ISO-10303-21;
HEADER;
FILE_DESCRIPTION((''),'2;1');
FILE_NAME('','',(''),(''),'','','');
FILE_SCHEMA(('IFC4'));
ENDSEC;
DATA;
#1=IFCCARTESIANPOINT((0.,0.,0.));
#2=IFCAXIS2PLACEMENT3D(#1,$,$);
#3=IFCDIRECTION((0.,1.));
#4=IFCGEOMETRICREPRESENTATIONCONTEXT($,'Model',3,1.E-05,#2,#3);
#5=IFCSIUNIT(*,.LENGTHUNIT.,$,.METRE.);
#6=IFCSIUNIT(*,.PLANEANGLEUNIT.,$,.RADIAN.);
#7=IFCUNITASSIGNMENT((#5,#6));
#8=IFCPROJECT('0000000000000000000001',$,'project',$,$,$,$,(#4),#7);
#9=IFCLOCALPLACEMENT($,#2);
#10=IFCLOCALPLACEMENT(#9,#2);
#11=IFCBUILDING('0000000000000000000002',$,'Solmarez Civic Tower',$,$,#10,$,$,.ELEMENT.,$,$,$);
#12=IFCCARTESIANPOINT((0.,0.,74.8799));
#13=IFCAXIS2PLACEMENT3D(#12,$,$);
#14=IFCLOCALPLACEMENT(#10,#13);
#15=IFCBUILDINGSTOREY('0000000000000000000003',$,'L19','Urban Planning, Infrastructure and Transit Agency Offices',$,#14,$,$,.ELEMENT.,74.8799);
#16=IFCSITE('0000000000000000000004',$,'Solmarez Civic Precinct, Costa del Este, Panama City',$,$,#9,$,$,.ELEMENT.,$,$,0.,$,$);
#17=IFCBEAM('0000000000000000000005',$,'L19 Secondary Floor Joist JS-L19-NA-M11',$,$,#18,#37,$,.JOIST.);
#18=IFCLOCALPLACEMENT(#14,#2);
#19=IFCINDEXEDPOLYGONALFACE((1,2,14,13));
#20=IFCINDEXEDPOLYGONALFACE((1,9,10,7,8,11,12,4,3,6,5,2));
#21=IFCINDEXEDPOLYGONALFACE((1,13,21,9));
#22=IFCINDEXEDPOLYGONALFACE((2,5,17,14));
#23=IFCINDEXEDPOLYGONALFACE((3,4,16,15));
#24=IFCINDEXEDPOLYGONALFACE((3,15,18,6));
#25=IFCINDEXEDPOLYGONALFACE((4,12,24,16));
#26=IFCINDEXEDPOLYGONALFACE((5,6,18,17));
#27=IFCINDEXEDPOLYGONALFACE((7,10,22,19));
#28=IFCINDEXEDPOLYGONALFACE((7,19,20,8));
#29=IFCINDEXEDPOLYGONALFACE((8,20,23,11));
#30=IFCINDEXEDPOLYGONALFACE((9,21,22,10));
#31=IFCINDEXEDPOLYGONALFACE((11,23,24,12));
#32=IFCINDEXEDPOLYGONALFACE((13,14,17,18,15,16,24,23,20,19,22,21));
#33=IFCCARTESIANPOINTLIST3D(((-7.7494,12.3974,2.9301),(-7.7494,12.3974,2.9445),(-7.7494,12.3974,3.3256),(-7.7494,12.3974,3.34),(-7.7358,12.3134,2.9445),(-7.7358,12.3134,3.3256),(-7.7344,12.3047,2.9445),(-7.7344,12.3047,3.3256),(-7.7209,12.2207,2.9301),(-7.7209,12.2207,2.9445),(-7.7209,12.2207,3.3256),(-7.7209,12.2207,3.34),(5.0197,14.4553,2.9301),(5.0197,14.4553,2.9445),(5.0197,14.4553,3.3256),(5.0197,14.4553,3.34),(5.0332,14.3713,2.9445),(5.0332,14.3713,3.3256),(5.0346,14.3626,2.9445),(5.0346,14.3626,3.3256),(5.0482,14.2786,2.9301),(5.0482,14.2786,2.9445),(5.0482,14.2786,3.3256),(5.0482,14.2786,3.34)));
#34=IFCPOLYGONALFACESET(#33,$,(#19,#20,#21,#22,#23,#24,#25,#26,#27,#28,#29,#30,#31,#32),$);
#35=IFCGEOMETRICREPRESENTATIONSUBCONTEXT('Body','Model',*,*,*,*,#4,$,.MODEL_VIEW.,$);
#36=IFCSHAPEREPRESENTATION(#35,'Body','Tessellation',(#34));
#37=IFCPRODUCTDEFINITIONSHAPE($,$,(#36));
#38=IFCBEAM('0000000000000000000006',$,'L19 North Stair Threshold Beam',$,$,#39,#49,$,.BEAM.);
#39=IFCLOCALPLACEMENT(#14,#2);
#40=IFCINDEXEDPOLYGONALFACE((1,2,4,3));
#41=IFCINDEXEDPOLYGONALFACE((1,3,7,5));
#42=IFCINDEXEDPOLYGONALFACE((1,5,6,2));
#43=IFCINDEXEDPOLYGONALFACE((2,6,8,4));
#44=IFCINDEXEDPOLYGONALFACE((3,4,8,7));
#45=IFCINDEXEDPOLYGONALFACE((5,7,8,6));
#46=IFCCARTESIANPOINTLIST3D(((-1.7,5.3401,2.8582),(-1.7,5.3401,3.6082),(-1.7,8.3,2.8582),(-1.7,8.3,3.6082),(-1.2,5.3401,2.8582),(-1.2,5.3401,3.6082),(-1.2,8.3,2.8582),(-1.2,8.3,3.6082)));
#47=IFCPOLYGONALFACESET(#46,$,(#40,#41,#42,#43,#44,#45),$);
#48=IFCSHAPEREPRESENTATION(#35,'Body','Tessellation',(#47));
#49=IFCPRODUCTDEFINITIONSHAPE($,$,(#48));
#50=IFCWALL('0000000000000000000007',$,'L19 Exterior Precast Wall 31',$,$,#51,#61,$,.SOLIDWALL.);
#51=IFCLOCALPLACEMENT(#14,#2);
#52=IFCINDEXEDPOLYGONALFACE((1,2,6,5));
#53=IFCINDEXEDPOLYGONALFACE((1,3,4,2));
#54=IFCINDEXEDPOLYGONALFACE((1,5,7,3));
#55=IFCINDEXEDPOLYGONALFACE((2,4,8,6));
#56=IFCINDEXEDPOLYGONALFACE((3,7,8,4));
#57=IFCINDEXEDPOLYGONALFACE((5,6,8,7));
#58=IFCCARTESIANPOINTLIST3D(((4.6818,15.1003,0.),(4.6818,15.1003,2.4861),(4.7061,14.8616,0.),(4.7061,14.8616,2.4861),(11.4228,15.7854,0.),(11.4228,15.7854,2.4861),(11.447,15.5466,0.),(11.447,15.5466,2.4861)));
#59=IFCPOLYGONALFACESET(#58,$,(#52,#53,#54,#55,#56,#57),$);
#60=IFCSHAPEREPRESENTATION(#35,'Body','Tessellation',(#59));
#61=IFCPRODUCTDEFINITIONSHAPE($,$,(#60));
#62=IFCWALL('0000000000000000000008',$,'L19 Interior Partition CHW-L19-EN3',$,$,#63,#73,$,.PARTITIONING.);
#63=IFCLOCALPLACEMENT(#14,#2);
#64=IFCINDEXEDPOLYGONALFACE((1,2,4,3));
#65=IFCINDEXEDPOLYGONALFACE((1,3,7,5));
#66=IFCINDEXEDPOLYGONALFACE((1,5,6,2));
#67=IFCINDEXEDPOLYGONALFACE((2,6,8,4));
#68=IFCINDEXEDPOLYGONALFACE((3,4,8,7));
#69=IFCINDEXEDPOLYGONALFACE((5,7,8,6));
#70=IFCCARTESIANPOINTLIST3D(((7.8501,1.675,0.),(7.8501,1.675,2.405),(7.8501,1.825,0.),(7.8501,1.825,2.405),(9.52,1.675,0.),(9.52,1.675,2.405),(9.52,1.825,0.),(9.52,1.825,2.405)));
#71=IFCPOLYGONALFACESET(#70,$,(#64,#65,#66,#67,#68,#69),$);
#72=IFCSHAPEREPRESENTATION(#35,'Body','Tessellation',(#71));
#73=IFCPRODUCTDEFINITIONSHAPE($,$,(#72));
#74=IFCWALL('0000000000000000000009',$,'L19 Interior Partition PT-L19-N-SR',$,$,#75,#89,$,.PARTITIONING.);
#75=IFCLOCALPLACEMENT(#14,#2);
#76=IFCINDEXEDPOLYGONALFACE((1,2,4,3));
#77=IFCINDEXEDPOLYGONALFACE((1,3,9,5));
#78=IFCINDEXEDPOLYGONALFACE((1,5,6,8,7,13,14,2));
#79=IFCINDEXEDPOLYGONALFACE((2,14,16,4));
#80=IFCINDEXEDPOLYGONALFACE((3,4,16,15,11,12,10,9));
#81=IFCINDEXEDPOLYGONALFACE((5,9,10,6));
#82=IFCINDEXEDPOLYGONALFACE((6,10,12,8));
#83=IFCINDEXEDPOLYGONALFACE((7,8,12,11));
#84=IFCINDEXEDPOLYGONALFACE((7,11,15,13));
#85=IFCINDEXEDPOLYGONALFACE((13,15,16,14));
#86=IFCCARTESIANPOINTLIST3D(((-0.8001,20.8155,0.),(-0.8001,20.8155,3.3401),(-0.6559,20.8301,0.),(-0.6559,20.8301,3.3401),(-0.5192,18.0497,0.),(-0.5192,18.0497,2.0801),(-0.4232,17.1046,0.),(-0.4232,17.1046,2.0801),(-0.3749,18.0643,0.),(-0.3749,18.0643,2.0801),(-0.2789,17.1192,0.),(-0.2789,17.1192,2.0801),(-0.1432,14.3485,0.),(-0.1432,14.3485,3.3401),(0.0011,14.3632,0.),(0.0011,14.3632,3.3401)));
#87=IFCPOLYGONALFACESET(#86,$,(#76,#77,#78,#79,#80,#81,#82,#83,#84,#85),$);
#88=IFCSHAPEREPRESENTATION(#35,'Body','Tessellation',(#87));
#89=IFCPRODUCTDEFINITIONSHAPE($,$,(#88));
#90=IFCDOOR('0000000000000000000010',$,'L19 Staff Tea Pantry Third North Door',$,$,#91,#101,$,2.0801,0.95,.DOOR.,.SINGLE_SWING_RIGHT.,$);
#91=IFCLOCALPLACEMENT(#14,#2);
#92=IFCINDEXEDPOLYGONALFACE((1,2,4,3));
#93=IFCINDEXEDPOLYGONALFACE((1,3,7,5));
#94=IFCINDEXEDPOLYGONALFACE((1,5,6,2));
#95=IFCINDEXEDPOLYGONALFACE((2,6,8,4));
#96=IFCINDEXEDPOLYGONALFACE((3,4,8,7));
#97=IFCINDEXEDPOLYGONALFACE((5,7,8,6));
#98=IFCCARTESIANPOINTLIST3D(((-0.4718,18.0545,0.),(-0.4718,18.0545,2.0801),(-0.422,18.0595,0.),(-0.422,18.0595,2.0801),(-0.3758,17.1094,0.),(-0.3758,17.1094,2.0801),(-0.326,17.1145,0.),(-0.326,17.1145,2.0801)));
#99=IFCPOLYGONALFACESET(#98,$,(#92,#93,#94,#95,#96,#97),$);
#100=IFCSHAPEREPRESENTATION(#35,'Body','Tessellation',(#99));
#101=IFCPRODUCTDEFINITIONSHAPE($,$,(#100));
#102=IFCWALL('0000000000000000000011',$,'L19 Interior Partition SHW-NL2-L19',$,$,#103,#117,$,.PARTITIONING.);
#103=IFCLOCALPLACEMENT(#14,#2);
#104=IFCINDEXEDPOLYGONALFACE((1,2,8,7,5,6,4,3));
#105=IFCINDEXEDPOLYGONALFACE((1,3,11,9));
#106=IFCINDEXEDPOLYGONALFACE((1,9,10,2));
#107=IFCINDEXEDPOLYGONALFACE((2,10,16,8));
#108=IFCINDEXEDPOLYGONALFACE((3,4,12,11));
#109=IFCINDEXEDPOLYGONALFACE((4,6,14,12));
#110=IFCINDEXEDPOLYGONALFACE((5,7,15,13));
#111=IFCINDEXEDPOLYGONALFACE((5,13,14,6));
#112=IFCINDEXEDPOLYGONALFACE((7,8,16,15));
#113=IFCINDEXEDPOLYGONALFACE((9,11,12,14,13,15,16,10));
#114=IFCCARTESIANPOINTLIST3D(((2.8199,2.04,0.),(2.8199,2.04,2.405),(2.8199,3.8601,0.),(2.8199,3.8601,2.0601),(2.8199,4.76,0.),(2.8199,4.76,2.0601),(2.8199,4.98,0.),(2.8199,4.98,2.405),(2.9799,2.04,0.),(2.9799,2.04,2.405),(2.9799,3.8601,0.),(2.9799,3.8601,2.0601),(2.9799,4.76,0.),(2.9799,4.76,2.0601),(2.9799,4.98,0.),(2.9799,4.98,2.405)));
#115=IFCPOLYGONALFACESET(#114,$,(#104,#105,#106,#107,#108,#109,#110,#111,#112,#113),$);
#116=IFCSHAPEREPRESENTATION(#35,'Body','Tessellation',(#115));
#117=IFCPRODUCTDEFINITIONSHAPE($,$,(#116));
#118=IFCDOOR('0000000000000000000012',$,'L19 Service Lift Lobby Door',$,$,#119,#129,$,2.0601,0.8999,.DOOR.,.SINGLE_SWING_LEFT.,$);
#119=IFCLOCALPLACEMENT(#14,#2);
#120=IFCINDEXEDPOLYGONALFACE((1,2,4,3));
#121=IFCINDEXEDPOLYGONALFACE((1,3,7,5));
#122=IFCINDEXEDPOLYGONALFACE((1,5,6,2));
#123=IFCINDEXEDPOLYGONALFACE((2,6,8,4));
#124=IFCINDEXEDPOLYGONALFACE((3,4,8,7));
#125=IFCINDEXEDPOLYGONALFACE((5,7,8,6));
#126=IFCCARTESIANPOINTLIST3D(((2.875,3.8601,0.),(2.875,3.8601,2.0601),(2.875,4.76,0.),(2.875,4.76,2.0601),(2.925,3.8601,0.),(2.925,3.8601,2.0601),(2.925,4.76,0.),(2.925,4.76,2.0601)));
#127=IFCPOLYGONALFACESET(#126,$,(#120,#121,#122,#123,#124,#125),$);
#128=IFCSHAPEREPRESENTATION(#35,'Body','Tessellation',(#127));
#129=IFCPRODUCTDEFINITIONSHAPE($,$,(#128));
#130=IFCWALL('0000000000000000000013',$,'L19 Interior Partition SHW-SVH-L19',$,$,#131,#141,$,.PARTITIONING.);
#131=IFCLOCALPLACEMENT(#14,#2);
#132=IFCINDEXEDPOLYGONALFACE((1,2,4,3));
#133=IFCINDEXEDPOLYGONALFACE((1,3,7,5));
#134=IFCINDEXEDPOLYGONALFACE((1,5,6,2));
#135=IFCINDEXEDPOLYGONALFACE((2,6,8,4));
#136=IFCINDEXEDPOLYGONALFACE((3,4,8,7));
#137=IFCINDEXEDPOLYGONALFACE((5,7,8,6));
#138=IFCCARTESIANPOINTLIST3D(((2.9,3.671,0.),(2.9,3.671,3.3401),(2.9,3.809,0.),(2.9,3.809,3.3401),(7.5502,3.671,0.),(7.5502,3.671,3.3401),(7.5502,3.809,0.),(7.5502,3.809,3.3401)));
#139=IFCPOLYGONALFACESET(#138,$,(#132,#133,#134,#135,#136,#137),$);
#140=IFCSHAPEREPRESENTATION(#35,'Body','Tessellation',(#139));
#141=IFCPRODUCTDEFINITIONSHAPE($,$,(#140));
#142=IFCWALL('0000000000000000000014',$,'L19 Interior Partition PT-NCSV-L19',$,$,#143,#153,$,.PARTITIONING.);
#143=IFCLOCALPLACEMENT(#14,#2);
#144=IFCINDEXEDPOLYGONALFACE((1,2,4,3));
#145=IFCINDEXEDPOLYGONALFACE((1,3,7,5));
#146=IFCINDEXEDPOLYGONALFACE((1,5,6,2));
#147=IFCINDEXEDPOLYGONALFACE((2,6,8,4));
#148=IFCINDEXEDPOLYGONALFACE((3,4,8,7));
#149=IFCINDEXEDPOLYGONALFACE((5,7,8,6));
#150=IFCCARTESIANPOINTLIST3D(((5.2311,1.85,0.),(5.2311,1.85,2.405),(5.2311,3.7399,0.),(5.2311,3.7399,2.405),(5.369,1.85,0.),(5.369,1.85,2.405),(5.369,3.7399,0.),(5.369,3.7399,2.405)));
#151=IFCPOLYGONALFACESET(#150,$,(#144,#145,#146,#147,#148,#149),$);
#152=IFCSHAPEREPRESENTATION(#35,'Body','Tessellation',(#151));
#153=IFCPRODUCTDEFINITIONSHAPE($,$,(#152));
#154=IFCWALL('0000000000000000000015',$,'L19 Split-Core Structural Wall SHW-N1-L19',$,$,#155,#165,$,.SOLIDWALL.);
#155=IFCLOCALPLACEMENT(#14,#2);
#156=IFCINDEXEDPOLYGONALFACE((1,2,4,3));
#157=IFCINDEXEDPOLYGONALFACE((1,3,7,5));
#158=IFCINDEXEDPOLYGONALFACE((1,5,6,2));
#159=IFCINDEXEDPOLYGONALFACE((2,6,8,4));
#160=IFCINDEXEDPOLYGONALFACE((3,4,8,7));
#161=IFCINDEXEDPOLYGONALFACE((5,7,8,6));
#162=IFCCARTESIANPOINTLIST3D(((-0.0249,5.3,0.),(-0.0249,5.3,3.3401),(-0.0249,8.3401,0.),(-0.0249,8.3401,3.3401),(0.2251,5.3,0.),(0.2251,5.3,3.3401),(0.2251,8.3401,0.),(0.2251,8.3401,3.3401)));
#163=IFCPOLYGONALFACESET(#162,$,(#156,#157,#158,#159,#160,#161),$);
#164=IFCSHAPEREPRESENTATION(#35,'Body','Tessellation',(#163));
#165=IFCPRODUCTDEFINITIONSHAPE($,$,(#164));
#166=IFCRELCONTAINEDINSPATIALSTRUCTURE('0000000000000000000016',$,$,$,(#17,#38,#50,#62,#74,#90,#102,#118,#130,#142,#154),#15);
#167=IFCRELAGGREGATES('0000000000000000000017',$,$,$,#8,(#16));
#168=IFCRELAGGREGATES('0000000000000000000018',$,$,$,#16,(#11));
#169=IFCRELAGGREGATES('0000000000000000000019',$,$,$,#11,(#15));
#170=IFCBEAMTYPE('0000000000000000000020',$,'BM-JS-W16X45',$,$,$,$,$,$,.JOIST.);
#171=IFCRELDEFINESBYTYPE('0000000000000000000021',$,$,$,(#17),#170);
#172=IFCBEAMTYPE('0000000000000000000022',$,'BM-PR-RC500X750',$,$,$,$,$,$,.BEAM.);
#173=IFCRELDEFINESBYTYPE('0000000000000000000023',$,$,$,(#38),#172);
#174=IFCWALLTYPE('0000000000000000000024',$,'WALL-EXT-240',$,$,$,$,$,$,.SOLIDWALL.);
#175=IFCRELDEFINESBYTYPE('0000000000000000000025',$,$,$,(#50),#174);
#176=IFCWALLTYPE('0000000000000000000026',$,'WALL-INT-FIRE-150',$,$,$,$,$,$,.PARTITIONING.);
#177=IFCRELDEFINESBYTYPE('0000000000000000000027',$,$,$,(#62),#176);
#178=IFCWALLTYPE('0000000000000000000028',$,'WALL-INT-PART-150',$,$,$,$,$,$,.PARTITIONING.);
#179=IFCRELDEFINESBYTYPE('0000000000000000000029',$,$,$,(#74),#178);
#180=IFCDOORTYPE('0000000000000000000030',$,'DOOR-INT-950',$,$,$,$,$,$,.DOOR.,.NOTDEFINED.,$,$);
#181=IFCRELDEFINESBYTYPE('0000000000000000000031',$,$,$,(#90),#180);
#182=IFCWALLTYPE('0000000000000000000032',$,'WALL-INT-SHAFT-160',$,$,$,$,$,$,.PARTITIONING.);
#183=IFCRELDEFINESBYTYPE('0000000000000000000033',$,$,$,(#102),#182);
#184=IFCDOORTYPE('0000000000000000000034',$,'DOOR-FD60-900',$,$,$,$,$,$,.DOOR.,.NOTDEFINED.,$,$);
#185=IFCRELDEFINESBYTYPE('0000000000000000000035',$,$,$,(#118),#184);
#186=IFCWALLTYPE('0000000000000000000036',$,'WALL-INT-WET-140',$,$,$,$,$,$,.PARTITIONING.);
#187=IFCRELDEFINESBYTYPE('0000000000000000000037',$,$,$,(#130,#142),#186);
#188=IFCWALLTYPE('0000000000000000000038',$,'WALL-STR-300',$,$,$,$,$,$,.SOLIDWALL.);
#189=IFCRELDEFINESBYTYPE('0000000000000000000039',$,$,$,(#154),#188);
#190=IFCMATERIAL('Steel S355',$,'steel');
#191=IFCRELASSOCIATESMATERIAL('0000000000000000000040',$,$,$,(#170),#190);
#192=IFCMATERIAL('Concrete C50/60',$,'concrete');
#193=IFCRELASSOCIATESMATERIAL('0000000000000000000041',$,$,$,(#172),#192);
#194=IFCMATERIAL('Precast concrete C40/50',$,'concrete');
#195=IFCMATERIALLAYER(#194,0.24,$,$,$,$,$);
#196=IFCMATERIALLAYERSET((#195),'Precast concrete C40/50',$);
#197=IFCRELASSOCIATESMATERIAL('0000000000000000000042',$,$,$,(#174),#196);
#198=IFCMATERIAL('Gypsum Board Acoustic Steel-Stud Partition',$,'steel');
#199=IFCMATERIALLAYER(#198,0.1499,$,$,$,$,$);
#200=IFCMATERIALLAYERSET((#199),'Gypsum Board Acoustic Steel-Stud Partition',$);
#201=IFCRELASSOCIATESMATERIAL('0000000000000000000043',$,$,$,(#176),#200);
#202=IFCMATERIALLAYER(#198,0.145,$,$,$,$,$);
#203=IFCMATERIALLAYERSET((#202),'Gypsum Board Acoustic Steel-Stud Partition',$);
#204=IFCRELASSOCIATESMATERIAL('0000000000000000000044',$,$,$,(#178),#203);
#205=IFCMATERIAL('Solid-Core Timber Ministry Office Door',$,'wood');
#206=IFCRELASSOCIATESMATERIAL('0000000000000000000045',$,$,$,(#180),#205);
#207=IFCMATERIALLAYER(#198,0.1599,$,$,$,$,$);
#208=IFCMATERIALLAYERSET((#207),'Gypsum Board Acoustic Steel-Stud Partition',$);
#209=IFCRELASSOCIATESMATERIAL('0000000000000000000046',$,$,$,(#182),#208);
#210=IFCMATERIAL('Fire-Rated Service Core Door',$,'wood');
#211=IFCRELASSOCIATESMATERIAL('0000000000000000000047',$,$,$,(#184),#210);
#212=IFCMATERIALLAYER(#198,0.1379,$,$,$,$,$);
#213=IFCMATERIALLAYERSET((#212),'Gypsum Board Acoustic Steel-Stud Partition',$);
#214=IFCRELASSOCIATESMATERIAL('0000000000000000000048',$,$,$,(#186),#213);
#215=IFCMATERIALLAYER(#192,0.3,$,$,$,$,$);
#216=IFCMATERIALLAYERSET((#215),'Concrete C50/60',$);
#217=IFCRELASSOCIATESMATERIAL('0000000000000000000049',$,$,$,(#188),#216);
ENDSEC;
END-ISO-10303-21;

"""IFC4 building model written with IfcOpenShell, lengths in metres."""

from ifc_helpers import new_model, si_unit, direction, frame, frame_2d, origin, origin_2d, place, context, subcontext, project, spatial, rectangle, i_section, extrude, material, layer, layer_set, material_profile, profile_set, type_object, element, fill, save


model = new_model("IFC4")

# Units and contexts
model_context = context("Model", 3, precision=1e-05, world=origin(), true_north=direction((0.0, 1.0)))
body_context = subcontext(model_context, "Body", "Model", "MODEL_VIEW")
ifc_project = project(units=[si_unit("LENGTHUNIT", "METRE"), si_unit("PLANEANGLEUNIT", "RADIAN")], contexts=[model_context])

# Site, building, storey
site_placement = place(None, origin())
site = spatial("IfcSite", under=ifc_project, at=site_placement, Name="Solmarez Civic Precinct, Costa del Este, Panama City", CompositionType="ELEMENT", RefElevation=0.0)
building_placement = place(site_placement, origin())
building = spatial("IfcBuilding", under=site, at=building_placement, Name="Solmarez Civic Tower", CompositionType="ELEMENT")
storey_placement = place(building_placement, frame((0.0, 0.0, 74.8799)))
storey = spatial("IfcBuildingStorey", under=building, at=storey_placement, Name="L19", Description="Urban Planning, Infrastructure and Transit Agency Offices", CompositionType="ELEMENT", Elevation=74.8799)

# Beams
ifc_material_1 = material(Name="Steel S355", Category="steel")
ifc_material_profile_1 = material_profile(ifc_material_1, i_section(OverallWidth=0.179, OverallDepth=0.4099, WebThickness=0.0088, FlangeThickness=0.0144, at=origin_2d()), Name="W16X45")
ifc_profile_set_1 = profile_set([ifc_material_profile_1], Name="Steel S355")
beam_type_1 = type_object("IfcBeamType", Name="BM-JS-W16X45", PredefinedType="JOIST", material=ifc_profile_set_1)
beam_1_placement = place(storey_placement, frame((5.0339, 14.3669, 3.135), z_axis=(-0.987261, -0.159107, 0.0), x_axis=(0.159107, -0.987261, 0.0)))
element("IfcBeam", 1, at=beam_1_placement, inside=storey, type_object=beam_type_1, Name="L19 Secondary Floor Joist JS-L19-NA-M11", PredefinedType="JOIST", context=body_context, shape_type="SweptSolid", body=[
    extrude(i_section(OverallWidth=0.179, OverallDepth=0.4099, WebThickness=0.0088, FlangeThickness=0.0144, at=origin_2d()), origin(), (0.0, 0.0, 1.0), 12.9338),
])
ifc_material_2 = material(Name="Concrete C50/60", Category="concrete")
ifc_material_profile_2 = material_profile(ifc_material_2, rectangle(XDim=0.5, YDim=0.75, at=origin_2d()), Name="RC500X750")
ifc_profile_set_2 = profile_set([ifc_material_profile_2], Name="Concrete C50/60")
beam_type_2 = type_object("IfcBeamType", Name="BM-PR-RC500X750", PredefinedType="BEAM", material=ifc_profile_set_2)
beam_2_placement = place(storey_placement, frame((-1.45, 5.3401, 3.2332), z_axis=(0.0, 1.0, 0.0), x_axis=(-1.0, 0.0, 0.0)))
element("IfcBeam", 2, at=beam_2_placement, inside=storey, type_object=beam_type_2, Name="L19 North Stair Threshold Beam", PredefinedType="BEAM", context=body_context, shape_type="SweptSolid", body=[
    extrude(rectangle(XDim=0.5, YDim=0.75, at=origin_2d()), origin(), (0.0, 0.0, 1.0), 2.96),
])

# Walls
ifc_material_3 = material(Name="Precast concrete C40/50", Category="concrete")
ifc_layer_1 = layer(ifc_material_3, 0.24)
ifc_layer_set_1 = layer_set([ifc_layer_1], Name="Precast concrete C40/50")
wall_type_1 = type_object("IfcWallType", Name="WALL-EXT-240", PredefinedType="SOLIDWALL", material=ifc_layer_set_1)
wall_1_placement = place(storey_placement, frame((4.6941, 14.981, 0.0), z_axis=(0.0, 0.0, 1.0), x_axis=(0.994876, 0.101105, 0.0)))
element("IfcWall", 3, at=wall_1_placement, inside=storey, type_object=wall_type_1, Name="L19 Exterior Precast Wall 31", PredefinedType="SOLIDWALL", context=body_context, shape_type="SweptSolid", body=[
    extrude(rectangle(XDim=6.7756, YDim=0.24, at=frame_2d((3.3877, 0.0))), origin(), (0.0, 0.0, 1.0), 2.4861),
])
ifc_material_4 = material(Name="Gypsum Board Acoustic Steel-Stud Partition", Category="steel")
ifc_layer_2 = layer(ifc_material_4, 0.1499)
ifc_layer_set_2 = layer_set([ifc_layer_2], Name="Gypsum Board Acoustic Steel-Stud Partition")
wall_type_2 = type_object("IfcWallType", Name="WALL-INT-FIRE-150", PredefinedType="PARTITIONING", material=ifc_layer_set_2)
wall_2_placement = place(storey_placement, frame((7.8501, 1.75, 0.0), z_axis=(0.0, 0.0, 1.0), x_axis=(1.0, 0.0, 0.0)))
element("IfcWall", 4, at=wall_2_placement, inside=storey, type_object=wall_type_2, Name="L19 Interior Partition CHW-L19-EN3", PredefinedType="PARTITIONING", context=body_context, shape_type="SweptSolid", body=[
    extrude(rectangle(XDim=1.6699, YDim=0.1499, at=frame_2d((0.835, 0.0))), origin(), (0.0, 0.0, 1.0), 2.405),
])

# Walls, openings, doors
ifc_layer_3 = layer(ifc_material_4, 0.145)
ifc_layer_set_3 = layer_set([ifc_layer_3], Name="Gypsum Board Acoustic Steel-Stud Partition")
wall_type_3 = type_object("IfcWallType", Name="WALL-INT-PART-150", PredefinedType="PARTITIONING", material=ifc_layer_set_3)
wall_3_placement = place(storey_placement, frame((-0.071, 14.356, 0.0), z_axis=(0.0, 0.0, 1.0), x_axis=(-0.101069, 0.994879, 0.0)))
wall_3 = element("IfcWall", 5, at=wall_3_placement, inside=storey, type_object=wall_type_3, Name="L19 Interior Partition PT-L19-N-SR", PredefinedType="PARTITIONING", context=body_context, shape_type="SweptSolid", body=[
    extrude(rectangle(XDim=6.5002, YDim=0.145, at=frame_2d((3.25, 0.0))), origin(), (0.0, 0.0, 1.0), 3.3401),
])
opening_1_placement = place(wall_3_placement, frame((2.77, 0.0, 0.0)))
opening_1 = element("IfcOpeningElement", 6, at=opening_1_placement, cuts=wall_3, PredefinedType="OPENING", context=body_context, shape_type="SweptSolid", body=[
    extrude(rectangle(XDim=0.95, YDim=2.0801, at=frame_2d((0.4751, 1.04))), frame((0.0, 0.0825, 0.0), z_axis=(0.0, -1.0, 0.0), x_axis=(1.0, 0.0, 0.0)), (0.0, 0.0, 1.0), 0.165),
])
ifc_material_5 = material(Name="Solid-Core Timber Ministry Office Door", Category="wood")
door_type_1 = type_object("IfcDoorType", Name="DOOR-INT-950", OperationType="NOTDEFINED", PredefinedType="DOOR", material=ifc_material_5)
door_1_placement = place(opening_1_placement, origin())
door_1 = element("IfcDoor", 7, at=door_1_placement, inside=storey, type_object=door_type_1, Name="L19 Staff Tea Pantry Third North Door", OperationType="SINGLE_SWING_RIGHT", OverallHeight=2.0801, OverallWidth=0.95, PredefinedType="DOOR", context=body_context, shape_type="SweptSolid", body=[
    extrude(rectangle(XDim=0.95, YDim=2.0801, at=frame_2d((0.4751, 1.04))), frame((0.0, 0.0249, 0.0), z_axis=(0.0, -1.0, 0.0), x_axis=(1.0, 0.0, 0.0)), (0.0, 0.0, 1.0), 0.05),
])
fill(opening_1, door_1)
ifc_layer_4 = layer(ifc_material_4, 0.1599)
ifc_layer_set_4 = layer_set([ifc_layer_4], Name="Gypsum Board Acoustic Steel-Stud Partition")
wall_type_4 = type_object("IfcWallType", Name="WALL-INT-SHAFT-160", PredefinedType="PARTITIONING", material=ifc_layer_set_4)
wall_4_placement = place(storey_placement, frame((2.8999, 2.04, 0.0), z_axis=(0.0, 0.0, 1.0), x_axis=(0.0, 1.0, 0.0)))
wall_4 = element("IfcWall", 8, at=wall_4_placement, inside=storey, type_object=wall_type_4, Name="L19 Interior Partition SHW-NL2-L19", PredefinedType="PARTITIONING", context=body_context, shape_type="SweptSolid", body=[
    extrude(rectangle(XDim=2.9399, YDim=0.1599, at=frame_2d((1.47, 0.0))), origin(), (0.0, 0.0, 1.0), 2.405),
])
opening_2_placement = place(wall_4_placement, frame((1.8201, 0.0, 0.0)))
opening_2 = element("IfcOpeningElement", 9, at=opening_2_placement, cuts=wall_4, PredefinedType="OPENING", context=body_context, shape_type="SweptSolid", body=[
    extrude(rectangle(XDim=0.8999, YDim=2.0601, at=frame_2d((0.45, 1.03))), frame((0.0, 0.0898, 0.0), z_axis=(0.0, -1.0, 0.0), x_axis=(1.0, 0.0, 0.0)), (0.0, 0.0, 1.0), 0.1799),
])
ifc_material_6 = material(Name="Fire-Rated Service Core Door", Category="wood")
door_type_2 = type_object("IfcDoorType", Name="DOOR-FD60-900", OperationType="NOTDEFINED", PredefinedType="DOOR", material=ifc_material_6)
door_2_placement = place(opening_2_placement, origin())
door_2 = element("IfcDoor", 10, at=door_2_placement, inside=storey, type_object=door_type_2, Name="L19 Service Lift Lobby Door", OperationType="SINGLE_SWING_LEFT", OverallHeight=2.0601, OverallWidth=0.8999, PredefinedType="DOOR", context=body_context, shape_type="SweptSolid", body=[
    extrude(rectangle(XDim=0.8999, YDim=2.0601, at=frame_2d((0.45, 1.03))), frame((0.0, 0.0249, 0.0), z_axis=(0.0, -1.0, 0.0), x_axis=(1.0, 0.0, 0.0)), (0.0, 0.0, 1.0), 0.05),
])
fill(opening_2, door_2)

# Walls
ifc_layer_5 = layer(ifc_material_4, 0.1379)
ifc_layer_set_5 = layer_set([ifc_layer_5], Name="Gypsum Board Acoustic Steel-Stud Partition")
wall_type_5 = type_object("IfcWallType", Name="WALL-INT-WET-140", PredefinedType="PARTITIONING", material=ifc_layer_set_5)
wall_5_placement = place(storey_placement, frame((2.8999, 3.74, 0.0), z_axis=(0.0, 0.0, 1.0), x_axis=(1.0, 0.0, 0.0)))
element("IfcWall", 11, at=wall_5_placement, inside=storey, type_object=wall_type_5, Name="L19 Interior Partition SHW-SVH-L19", PredefinedType="PARTITIONING", context=body_context, shape_type="SweptSolid", body=[
    extrude(rectangle(XDim=4.6501, YDim=0.1379, at=frame_2d((2.3252, 0.0))), origin(), (0.0, 0.0, 1.0), 3.3401),
])
wall_6_placement = place(storey_placement, frame((5.3, 1.8501, 0.0), z_axis=(0.0, 0.0, 1.0), x_axis=(0.0, 1.0, 0.0)))
element("IfcWall", 12, at=wall_6_placement, inside=storey, type_object=wall_type_5, Name="L19 Interior Partition PT-NCSV-L19", PredefinedType="PARTITIONING", context=body_context, shape_type="SweptSolid", body=[
    extrude(rectangle(XDim=1.8899, YDim=0.1379, at=frame_2d((0.9448, 0.0))), origin(), (0.0, 0.0, 1.0), 2.405),
])

# Shared definitions
ifc_layer_6 = layer(ifc_material_2, 0.3)
ifc_layer_set_6 = layer_set([ifc_layer_6], Name="Concrete C50/60")
wall_type_6 = type_object("IfcWallType", Name="WALL-STR-300", PredefinedType="SOLIDWALL", material=ifc_layer_set_6)

# Wall
for number, where, z_axis, x_axis, name in (
    (13, (0.1001, 5.3, 0.0), (0.0, 0.0, 1.0), (0.0, 1.0, 0.0), "L19 Split-Core Structural Wall SHW-N1-L19"),
):
    element("IfcWall", number, at=place(storey_placement, frame(where, z_axis=z_axis, x_axis=x_axis)), inside=storey, type_object=wall_type_6, Name=name, PredefinedType="SOLIDWALL", context=body_context, shape_type="SweptSolid", body=[
        extrude(rectangle(XDim=3.04, YDim=0.25, at=frame_2d((1.52, 0.0))), origin(), (0.0, 0.0, 1.0), 3.3401),
    ])

save(model, "model.ifc")
